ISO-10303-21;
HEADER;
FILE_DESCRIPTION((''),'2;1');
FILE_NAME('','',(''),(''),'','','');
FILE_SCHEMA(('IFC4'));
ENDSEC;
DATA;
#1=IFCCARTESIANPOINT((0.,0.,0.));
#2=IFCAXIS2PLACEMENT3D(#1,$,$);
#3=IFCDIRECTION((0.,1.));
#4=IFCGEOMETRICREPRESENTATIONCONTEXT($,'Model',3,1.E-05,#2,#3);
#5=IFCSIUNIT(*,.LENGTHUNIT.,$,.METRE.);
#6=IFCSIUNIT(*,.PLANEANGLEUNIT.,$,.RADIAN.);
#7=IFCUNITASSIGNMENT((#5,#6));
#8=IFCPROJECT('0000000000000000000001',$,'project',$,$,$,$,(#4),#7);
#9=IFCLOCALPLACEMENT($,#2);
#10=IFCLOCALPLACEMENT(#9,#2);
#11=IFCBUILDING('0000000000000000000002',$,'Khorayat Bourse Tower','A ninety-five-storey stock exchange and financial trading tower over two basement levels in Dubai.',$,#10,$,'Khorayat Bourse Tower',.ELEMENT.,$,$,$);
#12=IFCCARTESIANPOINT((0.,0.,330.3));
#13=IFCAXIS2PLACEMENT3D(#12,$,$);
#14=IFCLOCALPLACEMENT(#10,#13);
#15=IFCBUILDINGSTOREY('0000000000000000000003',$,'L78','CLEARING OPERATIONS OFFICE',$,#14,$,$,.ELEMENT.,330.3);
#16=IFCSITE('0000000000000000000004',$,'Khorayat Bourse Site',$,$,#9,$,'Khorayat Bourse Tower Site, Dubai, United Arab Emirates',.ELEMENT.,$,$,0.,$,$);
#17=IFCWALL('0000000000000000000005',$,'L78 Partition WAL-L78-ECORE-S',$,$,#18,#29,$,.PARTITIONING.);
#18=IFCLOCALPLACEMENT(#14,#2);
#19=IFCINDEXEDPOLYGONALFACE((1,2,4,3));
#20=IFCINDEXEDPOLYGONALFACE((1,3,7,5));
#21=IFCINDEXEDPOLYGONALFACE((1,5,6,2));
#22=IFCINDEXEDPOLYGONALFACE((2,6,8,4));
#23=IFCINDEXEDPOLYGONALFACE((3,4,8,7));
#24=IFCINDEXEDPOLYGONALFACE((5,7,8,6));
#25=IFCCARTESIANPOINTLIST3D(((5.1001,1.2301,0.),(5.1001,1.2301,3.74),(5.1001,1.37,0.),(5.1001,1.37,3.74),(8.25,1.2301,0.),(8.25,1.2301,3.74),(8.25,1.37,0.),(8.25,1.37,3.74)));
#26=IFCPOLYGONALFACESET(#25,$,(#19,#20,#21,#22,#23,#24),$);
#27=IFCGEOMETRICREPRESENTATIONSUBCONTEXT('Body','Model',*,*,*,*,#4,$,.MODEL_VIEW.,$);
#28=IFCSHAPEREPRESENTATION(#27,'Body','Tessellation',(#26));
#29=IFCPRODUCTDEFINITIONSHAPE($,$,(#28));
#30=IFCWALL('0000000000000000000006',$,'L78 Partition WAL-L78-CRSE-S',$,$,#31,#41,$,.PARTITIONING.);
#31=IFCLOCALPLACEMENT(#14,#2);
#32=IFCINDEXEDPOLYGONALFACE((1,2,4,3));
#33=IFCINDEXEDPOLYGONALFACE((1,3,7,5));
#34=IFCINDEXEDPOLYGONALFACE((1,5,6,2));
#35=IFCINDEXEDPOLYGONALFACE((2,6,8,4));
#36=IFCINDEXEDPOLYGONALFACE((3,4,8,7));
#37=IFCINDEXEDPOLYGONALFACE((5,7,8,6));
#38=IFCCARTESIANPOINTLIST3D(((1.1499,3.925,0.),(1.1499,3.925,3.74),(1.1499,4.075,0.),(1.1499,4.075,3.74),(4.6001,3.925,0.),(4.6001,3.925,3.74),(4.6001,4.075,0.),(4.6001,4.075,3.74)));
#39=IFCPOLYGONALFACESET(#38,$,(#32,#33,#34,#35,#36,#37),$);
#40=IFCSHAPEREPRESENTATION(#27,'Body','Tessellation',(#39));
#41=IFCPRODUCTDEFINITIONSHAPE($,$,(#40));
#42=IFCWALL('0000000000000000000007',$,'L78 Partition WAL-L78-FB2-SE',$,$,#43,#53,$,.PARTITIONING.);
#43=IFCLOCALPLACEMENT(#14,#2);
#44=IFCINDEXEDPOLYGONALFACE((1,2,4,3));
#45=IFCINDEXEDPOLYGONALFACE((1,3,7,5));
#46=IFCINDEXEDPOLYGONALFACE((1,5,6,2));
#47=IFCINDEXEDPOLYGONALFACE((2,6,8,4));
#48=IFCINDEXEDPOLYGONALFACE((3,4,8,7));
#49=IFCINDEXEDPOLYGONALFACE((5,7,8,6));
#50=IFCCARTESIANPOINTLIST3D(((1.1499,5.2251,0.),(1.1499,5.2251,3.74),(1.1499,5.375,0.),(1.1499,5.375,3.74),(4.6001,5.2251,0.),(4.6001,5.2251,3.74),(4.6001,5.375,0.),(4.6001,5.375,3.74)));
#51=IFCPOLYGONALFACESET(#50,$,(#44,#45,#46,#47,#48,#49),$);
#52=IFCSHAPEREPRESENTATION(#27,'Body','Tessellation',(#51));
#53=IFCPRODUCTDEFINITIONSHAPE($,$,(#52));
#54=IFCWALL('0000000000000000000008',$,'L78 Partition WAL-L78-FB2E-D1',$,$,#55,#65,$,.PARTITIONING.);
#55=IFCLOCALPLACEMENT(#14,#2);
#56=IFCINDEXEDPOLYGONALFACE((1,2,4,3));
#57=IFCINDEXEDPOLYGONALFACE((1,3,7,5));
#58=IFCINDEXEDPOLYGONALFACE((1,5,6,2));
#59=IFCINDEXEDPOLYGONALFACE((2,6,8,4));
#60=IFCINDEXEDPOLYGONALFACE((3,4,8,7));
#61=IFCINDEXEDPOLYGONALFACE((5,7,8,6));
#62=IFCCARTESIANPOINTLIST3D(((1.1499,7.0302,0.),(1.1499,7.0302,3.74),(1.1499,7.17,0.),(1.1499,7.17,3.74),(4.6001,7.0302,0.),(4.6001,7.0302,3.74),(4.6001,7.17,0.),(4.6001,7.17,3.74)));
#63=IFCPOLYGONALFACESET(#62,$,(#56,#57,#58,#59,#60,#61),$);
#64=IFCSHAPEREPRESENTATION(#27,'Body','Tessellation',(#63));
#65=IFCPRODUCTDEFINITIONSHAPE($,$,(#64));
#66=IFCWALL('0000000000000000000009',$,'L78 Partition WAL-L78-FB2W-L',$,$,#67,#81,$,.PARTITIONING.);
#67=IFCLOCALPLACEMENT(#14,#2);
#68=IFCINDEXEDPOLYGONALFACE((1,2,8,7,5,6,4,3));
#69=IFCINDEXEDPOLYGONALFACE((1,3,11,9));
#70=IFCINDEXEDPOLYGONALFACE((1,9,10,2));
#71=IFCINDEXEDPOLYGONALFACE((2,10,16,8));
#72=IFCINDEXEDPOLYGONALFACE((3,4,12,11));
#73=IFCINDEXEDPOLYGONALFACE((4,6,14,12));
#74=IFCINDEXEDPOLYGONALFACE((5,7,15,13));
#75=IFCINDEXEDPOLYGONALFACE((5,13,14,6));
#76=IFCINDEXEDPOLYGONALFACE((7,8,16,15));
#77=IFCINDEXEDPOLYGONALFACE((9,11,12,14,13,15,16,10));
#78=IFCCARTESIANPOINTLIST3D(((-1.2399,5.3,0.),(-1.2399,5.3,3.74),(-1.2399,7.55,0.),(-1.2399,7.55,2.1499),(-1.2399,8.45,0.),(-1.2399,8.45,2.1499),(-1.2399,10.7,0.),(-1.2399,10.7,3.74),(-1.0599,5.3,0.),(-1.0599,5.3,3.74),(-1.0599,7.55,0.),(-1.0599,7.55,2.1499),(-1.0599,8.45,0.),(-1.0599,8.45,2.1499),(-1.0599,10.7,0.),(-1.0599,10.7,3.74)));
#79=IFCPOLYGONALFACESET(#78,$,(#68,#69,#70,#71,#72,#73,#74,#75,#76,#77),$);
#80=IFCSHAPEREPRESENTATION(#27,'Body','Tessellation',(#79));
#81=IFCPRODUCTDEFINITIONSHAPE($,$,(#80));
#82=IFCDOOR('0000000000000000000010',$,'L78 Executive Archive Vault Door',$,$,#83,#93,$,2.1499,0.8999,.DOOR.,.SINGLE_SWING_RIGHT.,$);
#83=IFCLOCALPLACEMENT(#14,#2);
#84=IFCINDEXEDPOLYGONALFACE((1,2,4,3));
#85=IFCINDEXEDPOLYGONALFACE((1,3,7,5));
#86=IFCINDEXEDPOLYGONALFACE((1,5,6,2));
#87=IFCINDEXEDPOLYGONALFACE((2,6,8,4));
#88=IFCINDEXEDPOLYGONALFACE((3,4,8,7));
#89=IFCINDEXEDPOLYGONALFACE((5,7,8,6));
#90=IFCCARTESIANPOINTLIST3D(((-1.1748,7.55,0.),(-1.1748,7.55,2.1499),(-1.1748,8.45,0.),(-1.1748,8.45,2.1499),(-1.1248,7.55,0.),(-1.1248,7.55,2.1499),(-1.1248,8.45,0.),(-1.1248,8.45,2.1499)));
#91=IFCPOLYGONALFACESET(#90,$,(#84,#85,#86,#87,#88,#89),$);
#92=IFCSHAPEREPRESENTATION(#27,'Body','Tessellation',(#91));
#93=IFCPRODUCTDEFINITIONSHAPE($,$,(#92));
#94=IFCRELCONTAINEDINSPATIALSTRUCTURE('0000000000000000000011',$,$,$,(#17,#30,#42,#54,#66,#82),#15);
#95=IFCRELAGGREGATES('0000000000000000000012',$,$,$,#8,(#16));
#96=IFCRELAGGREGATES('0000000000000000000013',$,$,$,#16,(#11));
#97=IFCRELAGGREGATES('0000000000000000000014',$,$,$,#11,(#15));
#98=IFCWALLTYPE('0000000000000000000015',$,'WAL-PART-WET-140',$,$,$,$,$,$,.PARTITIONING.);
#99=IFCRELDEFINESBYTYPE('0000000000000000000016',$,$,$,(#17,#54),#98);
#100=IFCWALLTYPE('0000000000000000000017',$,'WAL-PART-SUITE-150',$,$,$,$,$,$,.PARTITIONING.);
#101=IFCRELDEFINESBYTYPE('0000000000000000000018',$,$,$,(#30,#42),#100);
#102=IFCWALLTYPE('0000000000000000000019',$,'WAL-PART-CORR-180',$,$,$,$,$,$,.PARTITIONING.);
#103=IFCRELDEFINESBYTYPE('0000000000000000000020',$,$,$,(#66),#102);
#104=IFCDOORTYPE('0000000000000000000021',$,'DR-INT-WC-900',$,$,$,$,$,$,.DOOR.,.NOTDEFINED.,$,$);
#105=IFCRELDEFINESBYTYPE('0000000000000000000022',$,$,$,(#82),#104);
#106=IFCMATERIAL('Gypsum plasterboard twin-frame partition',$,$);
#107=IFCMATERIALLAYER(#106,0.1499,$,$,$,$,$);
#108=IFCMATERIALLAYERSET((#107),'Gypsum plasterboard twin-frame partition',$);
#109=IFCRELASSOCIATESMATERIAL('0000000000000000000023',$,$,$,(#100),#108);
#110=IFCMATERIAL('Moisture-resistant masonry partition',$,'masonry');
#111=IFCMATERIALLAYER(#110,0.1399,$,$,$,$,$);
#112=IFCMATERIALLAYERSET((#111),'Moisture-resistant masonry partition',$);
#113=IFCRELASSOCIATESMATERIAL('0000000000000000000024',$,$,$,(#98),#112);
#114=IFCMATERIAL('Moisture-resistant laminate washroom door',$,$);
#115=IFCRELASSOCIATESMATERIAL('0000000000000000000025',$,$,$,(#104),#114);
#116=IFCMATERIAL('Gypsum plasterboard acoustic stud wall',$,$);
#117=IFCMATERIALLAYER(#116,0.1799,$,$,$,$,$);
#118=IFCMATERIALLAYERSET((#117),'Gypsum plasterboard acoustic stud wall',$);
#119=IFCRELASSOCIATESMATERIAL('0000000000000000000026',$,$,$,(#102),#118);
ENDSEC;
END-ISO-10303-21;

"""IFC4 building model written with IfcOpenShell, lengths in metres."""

from ifc_helpers import new_model, si_unit, direction, frame, frame_2d, origin, place, context, subcontext, project, spatial, rectangle, extrude, source, transform, mapped, material, layer, layer_set, type_object, element, fill, save


model = new_model("IFC4")

# Units and contexts
model_context = context("Model", 3, precision=1e-05, world=origin(), true_north=direction((0.0, 1.0)))
body_context = subcontext(model_context, "Body", "Model", "MODEL_VIEW")
ifc_project = project(units=[si_unit("LENGTHUNIT", "METRE"), si_unit("PLANEANGLEUNIT", "RADIAN")], contexts=[model_context])

# Site, building, storey
site_placement = place(None, origin())
site = spatial("IfcSite", under=ifc_project, at=site_placement, Name="Khorayat Bourse Site", LongName="Khorayat Bourse Tower Site, Dubai, United Arab Emirates", CompositionType="ELEMENT", RefElevation=0.0)
building_placement = place(site_placement, origin())
building = spatial("IfcBuilding", under=site, at=building_placement, Name="Khorayat Bourse Tower", Description="A ninety-five-storey stock exchange and financial trading tower over two basement levels in Dubai.", LongName="Khorayat Bourse Tower", CompositionType="ELEMENT")
storey_placement = place(building_placement, frame((0.0, 0.0, 330.3)))
storey = spatial("IfcBuildingStorey", under=building, at=storey_placement, Name="L78", Description="CLEARING OPERATIONS OFFICE", CompositionType="ELEMENT", Elevation=330.3)

# Wall
ifc_material_1 = material(Name="Gypsum plasterboard twin-frame partition")
ifc_layer_1 = layer(ifc_material_1, 0.1499)
ifc_layer_set_1 = layer_set([ifc_layer_1], Name="Gypsum plasterboard twin-frame partition")
wall_type_1 = type_object("IfcWallType", Name="WAL-PART-SUITE-150", PredefinedType="PARTITIONING", material=ifc_layer_set_1)
ifc_material_2 = material(Name="Moisture-resistant masonry partition", Category="masonry")
ifc_layer_2 = layer(ifc_material_2, 0.1399)
ifc_layer_set_2 = layer_set([ifc_layer_2], Name="Moisture-resistant masonry partition")
wall_type_2 = type_object("IfcWallType", Name="WAL-PART-WET-140", PredefinedType="PARTITIONING", material=ifc_layer_set_2)
shared_shape_1 = source(origin(), body_context, "Body", "SweptSolid", [
    extrude(rectangle(XDim=3.1499, YDim=0.1399, at=frame_2d((1.575, 0.0))), origin(), (0.0, 0.0, 1.0), 3.74),
])
wall_1_placement = place(storey_placement, frame((5.1001, 1.3, 0.0), z_axis=(0.0, 0.0, 1.0), x_axis=(1.0, 0.0, 0.0)))
element("IfcWall", 1, at=wall_1_placement, inside=storey, type_object=wall_type_2, Name="L78 Partition WAL-L78-ECORE-S", PredefinedType="PARTITIONING", context=body_context, shape_type="MappedRepresentation", body=[
    mapped(shared_shape_1, transform((0.0, 0.0, 0.0), scale=1.0)),
])

# Shared definitions
ifc_material_3 = material(Name="Moisture-resistant laminate washroom door")
door_type = type_object("IfcDoorType", Name="DR-INT-WC-900", OperationType="NOTDEFINED", PredefinedType="DOOR", material=ifc_material_3)
shared_shape_2 = source(origin(), body_context, "Body", "SweptSolid", [
    extrude(rectangle(XDim=0.8999, YDim=2.1499, at=frame_2d((0.45, 1.075))), frame((0.0, 0.0249, 0.0), z_axis=(0.0, -1.0, 0.0), x_axis=(1.0, 0.0, 0.0)), (0.0, 0.0, 1.0), 0.05),
])

# Walls
shared_shape_3 = source(origin(), body_context, "Body", "SweptSolid", [
    extrude(rectangle(XDim=3.4502, YDim=0.1499, at=frame_2d((1.7251, 0.0))), origin(), (0.0, 0.0, 1.0), 3.74),
])
for number, where, z_axis, x_axis, name in (
    (2, (1.1499, 4.0, 0.0), (0.0, 0.0, 1.0), (1.0, 0.0, 0.0), "L78 Partition WAL-L78-CRSE-S"),
    (3, (1.1499, 5.3, 0.0), (0.0, 0.0, 1.0), (1.0, 0.0, 0.0), "L78 Partition WAL-L78-FB2-SE"),
):
    element("IfcWall", number, at=place(storey_placement, frame(where, z_axis=z_axis, x_axis=x_axis)), inside=storey, type_object=wall_type_1, Name=name, PredefinedType="PARTITIONING", context=body_context, shape_type="MappedRepresentation", body=[
        mapped(shared_shape_3, transform((0.0, 0.0, 0.0), scale=1.0)),
    ])
shared_shape_4 = source(origin(), body_context, "Body", "SweptSolid", [
    extrude(rectangle(XDim=3.4502, YDim=0.1399, at=frame_2d((1.7251, 0.0))), origin(), (0.0, 0.0, 1.0), 3.74),
])
wall_2_placement = place(storey_placement, frame((1.1499, 7.1001, 0.0), z_axis=(0.0, 0.0, 1.0), x_axis=(1.0, 0.0, 0.0)))
element("IfcWall", 4, at=wall_2_placement, inside=storey, type_object=wall_type_2, Name="L78 Partition WAL-L78-FB2E-D1", PredefinedType="PARTITIONING", context=body_context, shape_type="MappedRepresentation", body=[
    mapped(shared_shape_4, transform((0.0, 0.0, 0.0), scale=1.0)),
])

# Wall, opening, door
ifc_material_4 = material(Name="Gypsum plasterboard acoustic stud wall")
ifc_layer_3 = layer(ifc_material_4, 0.1799)
ifc_layer_set_3 = layer_set([ifc_layer_3], Name="Gypsum plasterboard acoustic stud wall")
wall_type_3 = type_object("IfcWallType", Name="WAL-PART-CORR-180", PredefinedType="PARTITIONING", material=ifc_layer_set_3)
shared_shape_5 = source(origin(), body_context, "Body", "SweptSolid", [
    extrude(rectangle(XDim=5.3999, YDim=0.1799, at=frame_2d((2.7, 0.0))), origin(), (0.0, 0.0, 1.0), 3.74),
])
wall_3_placement = place(storey_placement, frame((-1.1499, 5.3, 0.0), z_axis=(0.0, 0.0, 1.0), x_axis=(0.0, 1.0, 0.0)))
wall_3 = element("IfcWall", 5, at=wall_3_placement, inside=storey, type_object=wall_type_3, Name="L78 Partition WAL-L78-FB2W-L", PredefinedType="PARTITIONING", context=body_context, shape_type="MappedRepresentation", body=[
    mapped(shared_shape_5, transform((0.0, 0.0, 0.0), scale=1.0)),
])
shared_shape_6 = source(origin(), body_context, "Body", "SweptSolid", [
    extrude(rectangle(XDim=0.8999, YDim=2.1499, at=frame_2d((0.45, 1.075))), frame((0.0, 0.0999, 0.0), z_axis=(0.0, -1.0, 0.0), x_axis=(1.0, 0.0, 0.0)), (0.0, 0.0, 1.0), 0.2),
])
opening_1_placement = place(wall_3_placement, frame((2.25, 0.0, 0.0)))
opening_1 = element("IfcOpeningElement", 6, at=opening_1_placement, cuts=wall_3, PredefinedType="OPENING", context=body_context, shape_type="MappedRepresentation", body=[
    mapped(shared_shape_6, transform((0.0, 0.0, 0.0), scale=1.0)),
])
door_1_placement = place(opening_1_placement, origin())
door_1 = element("IfcDoor", 7, at=door_1_placement, inside=storey, type_object=door_type, Name="L78 Executive Archive Vault Door", OperationType="SINGLE_SWING_RIGHT", OverallHeight=2.1499, OverallWidth=0.8999, PredefinedType="DOOR", context=body_context, shape_type="MappedRepresentation", body=[
    mapped(shared_shape_2, transform((0.0, 0.0, 0.0), scale=1.0)),
])
fill(opening_1, door_1)

save(model, "model.ifc")
